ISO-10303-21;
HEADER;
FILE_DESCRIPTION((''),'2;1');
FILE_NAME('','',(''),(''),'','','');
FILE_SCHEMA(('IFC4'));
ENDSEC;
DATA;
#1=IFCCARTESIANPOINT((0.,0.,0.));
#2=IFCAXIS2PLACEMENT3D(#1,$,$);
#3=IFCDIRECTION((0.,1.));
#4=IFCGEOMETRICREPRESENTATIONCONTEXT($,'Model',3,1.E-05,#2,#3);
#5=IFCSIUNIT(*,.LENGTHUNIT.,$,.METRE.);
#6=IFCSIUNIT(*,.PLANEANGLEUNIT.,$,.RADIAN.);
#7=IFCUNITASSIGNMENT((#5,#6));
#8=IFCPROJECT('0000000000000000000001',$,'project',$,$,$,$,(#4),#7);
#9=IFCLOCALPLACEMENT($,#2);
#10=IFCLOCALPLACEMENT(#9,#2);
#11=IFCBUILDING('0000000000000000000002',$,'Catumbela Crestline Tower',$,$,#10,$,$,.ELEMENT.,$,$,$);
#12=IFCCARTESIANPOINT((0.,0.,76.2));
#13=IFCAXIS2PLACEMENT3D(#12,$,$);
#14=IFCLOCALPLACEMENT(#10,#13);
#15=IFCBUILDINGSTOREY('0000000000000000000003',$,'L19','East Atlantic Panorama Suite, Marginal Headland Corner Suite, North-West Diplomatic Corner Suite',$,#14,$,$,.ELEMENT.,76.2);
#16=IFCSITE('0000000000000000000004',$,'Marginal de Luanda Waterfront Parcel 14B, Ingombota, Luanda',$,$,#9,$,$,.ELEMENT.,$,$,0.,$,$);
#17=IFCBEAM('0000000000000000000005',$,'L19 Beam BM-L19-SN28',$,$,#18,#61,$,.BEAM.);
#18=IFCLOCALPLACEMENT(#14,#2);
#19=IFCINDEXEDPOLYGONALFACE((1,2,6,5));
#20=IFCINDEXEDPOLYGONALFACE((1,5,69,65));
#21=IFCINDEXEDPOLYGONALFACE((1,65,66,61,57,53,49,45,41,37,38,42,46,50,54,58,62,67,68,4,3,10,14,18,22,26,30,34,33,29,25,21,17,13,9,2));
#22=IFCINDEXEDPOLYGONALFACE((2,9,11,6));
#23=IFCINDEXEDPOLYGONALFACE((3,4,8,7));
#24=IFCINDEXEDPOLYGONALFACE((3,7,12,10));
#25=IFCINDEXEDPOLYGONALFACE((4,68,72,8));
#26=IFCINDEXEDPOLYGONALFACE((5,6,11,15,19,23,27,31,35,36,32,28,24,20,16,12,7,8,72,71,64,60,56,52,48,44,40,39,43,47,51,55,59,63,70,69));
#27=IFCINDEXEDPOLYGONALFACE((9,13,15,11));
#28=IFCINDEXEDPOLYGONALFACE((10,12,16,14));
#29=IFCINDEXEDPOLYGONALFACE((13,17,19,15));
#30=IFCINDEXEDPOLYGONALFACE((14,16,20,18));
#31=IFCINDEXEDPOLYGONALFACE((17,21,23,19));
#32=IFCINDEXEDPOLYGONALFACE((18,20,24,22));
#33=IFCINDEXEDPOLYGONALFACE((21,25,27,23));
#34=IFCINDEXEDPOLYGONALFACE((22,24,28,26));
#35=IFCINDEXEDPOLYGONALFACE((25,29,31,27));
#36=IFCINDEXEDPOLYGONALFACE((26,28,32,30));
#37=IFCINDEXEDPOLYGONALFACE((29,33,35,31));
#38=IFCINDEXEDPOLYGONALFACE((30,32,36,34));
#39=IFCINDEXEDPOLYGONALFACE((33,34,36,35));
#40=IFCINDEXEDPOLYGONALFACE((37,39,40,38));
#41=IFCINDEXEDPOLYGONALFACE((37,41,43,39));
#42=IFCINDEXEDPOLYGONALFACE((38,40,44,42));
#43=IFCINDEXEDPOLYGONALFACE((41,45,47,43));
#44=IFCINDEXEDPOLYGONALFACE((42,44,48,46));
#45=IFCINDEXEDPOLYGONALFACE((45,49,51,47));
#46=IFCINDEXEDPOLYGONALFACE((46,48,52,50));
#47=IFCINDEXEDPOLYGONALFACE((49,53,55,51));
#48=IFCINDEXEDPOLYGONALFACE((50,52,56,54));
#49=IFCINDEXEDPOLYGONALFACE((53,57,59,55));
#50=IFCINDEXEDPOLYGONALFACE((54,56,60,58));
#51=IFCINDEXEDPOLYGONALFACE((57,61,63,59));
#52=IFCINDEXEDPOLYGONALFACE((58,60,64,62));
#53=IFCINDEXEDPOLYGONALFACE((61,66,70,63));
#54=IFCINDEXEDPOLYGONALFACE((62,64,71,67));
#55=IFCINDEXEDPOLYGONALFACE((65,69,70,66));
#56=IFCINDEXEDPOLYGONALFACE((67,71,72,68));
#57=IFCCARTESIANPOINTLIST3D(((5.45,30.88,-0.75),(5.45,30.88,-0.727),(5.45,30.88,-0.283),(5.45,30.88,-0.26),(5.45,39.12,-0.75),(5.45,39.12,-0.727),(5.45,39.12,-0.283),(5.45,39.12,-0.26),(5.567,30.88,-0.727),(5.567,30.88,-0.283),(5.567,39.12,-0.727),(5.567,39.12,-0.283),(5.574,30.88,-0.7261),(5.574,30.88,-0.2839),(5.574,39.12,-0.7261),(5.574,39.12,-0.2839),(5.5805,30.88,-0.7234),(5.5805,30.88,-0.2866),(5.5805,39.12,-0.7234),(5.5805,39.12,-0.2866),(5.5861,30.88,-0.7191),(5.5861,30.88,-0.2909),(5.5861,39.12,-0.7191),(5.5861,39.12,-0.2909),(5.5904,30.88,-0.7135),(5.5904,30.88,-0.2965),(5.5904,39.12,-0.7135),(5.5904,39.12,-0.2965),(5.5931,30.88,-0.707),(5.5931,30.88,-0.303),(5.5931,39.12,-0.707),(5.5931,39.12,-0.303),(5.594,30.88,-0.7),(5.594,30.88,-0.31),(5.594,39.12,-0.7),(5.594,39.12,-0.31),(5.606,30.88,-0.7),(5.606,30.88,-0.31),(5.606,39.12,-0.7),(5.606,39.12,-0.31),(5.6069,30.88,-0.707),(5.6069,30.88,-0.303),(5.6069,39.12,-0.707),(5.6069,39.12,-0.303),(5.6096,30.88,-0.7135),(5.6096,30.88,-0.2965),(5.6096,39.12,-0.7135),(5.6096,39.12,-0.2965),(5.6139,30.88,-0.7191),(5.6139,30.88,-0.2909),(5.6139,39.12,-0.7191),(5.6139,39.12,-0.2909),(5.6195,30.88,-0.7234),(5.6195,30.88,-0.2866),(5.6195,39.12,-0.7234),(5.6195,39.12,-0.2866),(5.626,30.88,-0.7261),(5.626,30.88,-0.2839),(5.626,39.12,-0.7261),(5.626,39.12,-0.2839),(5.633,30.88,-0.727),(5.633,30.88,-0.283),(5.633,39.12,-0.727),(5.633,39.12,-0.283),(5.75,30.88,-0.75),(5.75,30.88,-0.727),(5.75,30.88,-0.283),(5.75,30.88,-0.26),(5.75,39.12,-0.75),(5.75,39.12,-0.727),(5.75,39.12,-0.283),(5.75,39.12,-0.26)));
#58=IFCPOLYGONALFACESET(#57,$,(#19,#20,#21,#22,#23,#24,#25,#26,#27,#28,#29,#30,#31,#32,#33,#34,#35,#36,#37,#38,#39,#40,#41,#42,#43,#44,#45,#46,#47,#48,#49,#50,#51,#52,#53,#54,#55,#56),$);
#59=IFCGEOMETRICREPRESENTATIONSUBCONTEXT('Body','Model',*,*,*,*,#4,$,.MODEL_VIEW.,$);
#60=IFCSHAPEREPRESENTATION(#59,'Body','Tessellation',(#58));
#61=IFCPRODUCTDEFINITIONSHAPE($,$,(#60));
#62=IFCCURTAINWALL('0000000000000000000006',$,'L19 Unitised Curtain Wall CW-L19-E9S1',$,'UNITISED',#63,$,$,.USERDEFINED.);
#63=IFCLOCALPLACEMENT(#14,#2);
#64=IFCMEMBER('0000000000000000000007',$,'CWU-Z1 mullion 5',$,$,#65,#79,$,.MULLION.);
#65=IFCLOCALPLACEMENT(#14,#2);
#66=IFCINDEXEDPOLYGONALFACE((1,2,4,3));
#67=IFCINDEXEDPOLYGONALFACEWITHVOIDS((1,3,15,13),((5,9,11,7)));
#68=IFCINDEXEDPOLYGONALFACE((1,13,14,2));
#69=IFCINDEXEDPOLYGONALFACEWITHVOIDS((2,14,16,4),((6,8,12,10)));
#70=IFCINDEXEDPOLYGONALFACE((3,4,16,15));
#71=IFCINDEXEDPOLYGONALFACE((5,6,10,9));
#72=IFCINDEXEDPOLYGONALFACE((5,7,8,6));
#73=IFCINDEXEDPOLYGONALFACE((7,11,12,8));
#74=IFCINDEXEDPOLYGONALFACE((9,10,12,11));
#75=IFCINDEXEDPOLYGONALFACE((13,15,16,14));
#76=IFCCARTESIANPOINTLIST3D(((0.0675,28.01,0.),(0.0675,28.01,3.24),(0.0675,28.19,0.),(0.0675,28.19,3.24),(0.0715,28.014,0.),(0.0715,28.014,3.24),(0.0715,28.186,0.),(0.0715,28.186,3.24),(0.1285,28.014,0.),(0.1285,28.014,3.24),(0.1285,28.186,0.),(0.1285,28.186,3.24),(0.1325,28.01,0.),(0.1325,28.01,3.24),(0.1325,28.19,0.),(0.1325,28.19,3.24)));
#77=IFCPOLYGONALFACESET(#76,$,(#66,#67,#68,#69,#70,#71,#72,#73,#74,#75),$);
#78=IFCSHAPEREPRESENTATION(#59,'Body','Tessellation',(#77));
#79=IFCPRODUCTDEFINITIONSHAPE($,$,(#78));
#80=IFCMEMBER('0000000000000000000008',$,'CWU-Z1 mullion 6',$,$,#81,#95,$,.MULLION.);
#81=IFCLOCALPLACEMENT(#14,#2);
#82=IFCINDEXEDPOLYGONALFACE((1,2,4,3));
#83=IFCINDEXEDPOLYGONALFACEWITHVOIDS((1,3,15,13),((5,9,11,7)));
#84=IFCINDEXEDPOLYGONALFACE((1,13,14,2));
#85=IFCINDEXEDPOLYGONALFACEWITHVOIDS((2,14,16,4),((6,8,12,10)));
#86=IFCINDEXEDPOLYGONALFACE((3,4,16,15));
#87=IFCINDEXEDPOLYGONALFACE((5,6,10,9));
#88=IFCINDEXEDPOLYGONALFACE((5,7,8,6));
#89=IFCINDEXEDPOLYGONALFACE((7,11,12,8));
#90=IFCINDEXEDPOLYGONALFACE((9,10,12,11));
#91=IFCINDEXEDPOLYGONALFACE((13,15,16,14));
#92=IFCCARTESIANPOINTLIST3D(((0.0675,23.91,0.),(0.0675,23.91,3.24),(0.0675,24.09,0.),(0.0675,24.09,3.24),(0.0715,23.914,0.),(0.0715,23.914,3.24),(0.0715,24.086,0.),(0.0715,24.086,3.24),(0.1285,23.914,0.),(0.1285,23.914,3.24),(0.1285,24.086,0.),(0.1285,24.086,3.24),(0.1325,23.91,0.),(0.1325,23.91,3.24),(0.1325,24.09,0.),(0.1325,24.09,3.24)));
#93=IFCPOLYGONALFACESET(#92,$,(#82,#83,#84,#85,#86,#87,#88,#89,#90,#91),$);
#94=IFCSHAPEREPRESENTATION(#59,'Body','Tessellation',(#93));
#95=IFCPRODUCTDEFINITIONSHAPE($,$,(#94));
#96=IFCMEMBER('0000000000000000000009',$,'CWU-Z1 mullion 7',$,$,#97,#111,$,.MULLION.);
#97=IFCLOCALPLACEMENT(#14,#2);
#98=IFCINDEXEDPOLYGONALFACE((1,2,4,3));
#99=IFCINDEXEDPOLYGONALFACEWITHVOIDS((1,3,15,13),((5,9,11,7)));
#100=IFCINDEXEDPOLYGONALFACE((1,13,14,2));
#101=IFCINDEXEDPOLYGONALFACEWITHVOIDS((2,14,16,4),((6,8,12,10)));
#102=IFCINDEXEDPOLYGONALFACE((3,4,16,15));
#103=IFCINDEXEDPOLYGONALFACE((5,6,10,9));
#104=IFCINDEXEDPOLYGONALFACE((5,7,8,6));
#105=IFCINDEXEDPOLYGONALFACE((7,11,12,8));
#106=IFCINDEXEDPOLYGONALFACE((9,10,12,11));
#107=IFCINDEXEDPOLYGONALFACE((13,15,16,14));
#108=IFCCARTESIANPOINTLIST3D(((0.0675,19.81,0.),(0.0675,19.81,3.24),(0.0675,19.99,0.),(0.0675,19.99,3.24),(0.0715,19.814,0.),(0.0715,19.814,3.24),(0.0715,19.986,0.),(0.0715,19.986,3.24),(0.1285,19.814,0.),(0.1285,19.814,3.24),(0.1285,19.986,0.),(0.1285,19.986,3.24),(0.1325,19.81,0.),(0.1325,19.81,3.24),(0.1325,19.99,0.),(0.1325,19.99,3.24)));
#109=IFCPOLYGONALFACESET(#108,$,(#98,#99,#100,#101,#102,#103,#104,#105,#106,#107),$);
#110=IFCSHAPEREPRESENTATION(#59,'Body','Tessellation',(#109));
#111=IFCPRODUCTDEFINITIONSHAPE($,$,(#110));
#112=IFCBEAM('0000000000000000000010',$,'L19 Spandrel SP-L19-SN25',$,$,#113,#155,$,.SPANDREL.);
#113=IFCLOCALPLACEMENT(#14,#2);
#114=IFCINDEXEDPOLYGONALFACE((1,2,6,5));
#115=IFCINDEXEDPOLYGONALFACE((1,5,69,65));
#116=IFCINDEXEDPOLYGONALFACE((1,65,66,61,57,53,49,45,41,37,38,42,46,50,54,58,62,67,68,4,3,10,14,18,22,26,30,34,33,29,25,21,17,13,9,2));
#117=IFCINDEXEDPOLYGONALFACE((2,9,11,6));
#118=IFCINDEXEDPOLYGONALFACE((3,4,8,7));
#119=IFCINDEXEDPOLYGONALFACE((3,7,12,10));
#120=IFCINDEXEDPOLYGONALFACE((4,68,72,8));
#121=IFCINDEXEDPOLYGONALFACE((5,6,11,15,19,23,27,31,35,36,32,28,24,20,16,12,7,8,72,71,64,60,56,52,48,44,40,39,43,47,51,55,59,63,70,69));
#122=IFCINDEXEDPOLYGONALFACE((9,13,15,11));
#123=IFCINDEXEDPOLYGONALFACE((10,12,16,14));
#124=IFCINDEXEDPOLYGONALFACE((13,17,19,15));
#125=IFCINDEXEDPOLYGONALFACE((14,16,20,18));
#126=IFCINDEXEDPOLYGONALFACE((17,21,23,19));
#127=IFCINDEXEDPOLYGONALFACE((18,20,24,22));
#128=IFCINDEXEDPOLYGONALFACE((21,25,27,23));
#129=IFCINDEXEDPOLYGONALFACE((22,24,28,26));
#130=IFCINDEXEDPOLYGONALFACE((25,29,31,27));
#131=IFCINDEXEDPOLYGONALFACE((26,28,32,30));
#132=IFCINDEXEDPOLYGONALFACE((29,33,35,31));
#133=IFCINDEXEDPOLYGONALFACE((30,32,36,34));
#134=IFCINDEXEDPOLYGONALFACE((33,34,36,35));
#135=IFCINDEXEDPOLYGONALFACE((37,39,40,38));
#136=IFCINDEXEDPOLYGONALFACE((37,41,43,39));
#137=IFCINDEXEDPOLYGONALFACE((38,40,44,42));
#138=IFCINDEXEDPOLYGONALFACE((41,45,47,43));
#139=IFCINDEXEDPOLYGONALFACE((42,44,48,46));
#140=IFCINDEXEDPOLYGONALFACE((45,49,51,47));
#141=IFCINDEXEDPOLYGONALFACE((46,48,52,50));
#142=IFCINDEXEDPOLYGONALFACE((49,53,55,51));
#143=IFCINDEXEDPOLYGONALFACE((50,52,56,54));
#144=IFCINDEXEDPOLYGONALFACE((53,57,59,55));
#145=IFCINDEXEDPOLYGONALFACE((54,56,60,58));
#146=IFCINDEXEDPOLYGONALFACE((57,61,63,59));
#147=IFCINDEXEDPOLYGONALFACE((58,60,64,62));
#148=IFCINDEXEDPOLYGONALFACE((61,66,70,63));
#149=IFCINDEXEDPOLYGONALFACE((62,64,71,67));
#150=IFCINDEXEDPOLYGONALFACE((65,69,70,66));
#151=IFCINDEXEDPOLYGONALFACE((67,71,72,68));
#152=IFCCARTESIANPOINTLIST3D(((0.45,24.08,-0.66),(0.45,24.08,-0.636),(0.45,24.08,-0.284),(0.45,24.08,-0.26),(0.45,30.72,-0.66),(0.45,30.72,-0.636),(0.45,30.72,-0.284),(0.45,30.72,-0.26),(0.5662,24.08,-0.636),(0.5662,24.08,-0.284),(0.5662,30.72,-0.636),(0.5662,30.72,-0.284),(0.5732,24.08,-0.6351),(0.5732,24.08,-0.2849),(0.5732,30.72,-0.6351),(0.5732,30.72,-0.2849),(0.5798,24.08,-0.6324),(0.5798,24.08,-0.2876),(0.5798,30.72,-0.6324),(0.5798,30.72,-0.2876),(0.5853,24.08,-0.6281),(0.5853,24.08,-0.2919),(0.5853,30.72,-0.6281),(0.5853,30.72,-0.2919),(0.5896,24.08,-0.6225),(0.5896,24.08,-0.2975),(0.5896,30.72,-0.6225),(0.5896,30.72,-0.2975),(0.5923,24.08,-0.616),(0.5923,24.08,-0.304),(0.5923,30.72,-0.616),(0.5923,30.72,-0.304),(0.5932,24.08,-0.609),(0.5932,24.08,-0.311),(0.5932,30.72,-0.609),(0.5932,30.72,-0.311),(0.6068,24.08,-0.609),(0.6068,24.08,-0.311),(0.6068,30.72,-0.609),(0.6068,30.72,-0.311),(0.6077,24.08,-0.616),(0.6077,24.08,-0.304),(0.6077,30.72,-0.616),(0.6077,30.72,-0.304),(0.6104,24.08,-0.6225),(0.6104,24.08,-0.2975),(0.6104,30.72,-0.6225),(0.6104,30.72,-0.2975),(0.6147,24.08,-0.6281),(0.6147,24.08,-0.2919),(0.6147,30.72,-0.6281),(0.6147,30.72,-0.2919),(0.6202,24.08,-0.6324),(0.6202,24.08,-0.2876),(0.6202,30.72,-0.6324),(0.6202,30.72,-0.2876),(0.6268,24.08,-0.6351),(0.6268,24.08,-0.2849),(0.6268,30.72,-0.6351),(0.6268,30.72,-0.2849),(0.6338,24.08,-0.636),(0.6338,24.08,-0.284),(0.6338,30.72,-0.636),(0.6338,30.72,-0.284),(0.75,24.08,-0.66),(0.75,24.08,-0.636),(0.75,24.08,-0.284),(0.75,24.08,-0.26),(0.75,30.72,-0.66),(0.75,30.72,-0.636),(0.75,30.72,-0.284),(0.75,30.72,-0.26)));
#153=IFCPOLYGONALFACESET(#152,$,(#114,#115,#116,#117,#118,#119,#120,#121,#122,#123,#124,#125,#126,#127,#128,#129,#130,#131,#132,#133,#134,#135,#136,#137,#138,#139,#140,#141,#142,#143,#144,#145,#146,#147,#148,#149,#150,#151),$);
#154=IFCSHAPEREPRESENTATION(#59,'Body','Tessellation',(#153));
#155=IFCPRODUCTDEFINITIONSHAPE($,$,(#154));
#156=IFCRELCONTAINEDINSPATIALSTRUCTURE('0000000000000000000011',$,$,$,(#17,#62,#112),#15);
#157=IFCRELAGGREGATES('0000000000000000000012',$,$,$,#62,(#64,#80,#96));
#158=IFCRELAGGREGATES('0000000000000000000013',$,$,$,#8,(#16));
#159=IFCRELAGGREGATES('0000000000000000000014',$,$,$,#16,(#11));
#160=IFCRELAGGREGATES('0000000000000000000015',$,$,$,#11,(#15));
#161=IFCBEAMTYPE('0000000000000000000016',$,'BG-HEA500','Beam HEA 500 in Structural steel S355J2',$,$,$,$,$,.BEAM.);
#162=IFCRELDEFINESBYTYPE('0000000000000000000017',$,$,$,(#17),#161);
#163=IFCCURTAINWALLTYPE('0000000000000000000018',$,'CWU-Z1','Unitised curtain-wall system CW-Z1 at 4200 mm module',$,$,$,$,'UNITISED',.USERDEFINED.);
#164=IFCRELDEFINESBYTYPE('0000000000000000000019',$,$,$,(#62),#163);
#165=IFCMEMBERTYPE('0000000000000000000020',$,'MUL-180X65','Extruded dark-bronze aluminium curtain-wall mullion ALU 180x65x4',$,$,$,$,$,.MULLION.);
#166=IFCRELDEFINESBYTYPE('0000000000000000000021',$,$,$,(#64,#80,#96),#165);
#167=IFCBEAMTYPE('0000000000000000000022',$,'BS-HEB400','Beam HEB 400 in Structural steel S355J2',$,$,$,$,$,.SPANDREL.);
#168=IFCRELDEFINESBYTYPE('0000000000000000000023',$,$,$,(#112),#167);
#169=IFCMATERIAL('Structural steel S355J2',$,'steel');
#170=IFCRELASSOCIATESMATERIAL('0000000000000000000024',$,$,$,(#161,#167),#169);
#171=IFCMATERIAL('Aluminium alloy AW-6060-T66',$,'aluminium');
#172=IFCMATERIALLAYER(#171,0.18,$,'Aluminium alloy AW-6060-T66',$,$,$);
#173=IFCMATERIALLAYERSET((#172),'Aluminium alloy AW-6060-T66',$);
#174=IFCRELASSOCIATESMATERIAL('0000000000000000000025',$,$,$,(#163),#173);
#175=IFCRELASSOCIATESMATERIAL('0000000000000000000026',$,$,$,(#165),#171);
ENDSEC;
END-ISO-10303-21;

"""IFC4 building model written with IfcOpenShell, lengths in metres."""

from ifc_helpers import new_model, si_unit, direction, frame, origin, origin_2d, place, context, subcontext, project, spatial, hollow_rectangle, i_section, extrude, material, layer, layer_set, material_profile, profile_set, type_object, element, aggregate, save


model = new_model("IFC4")

# Units and contexts
model_context = context("Model", 3, precision=1e-05, world=origin(), true_north=direction((0.0, 1.0)))
body_context = subcontext(model_context, "Body", "Model", "MODEL_VIEW")
ifc_project = project(units=[si_unit("LENGTHUNIT", "METRE"), si_unit("PLANEANGLEUNIT", "RADIAN")], contexts=[model_context])

# Site, building, storey
site_placement = place(None, origin())
site = spatial("IfcSite", under=ifc_project, at=site_placement, Name="Marginal de Luanda Waterfront Parcel 14B, Ingombota, Luanda", CompositionType="ELEMENT", RefElevation=0.0)
building_placement = place(site_placement, origin())
building = spatial("IfcBuilding", under=site, at=building_placement, Name="Catumbela Crestline Tower", CompositionType="ELEMENT")
storey_placement = place(building_placement, frame((0.0, 0.0, 76.2)))
storey = spatial("IfcBuildingStorey", under=building, at=storey_placement, Name="L19", Description="East Atlantic Panorama Suite, Marginal Headland Corner Suite, North-West Diplomatic Corner Suite", CompositionType="ELEMENT", Elevation=76.2)

# Beam
ifc_material_1 = material(Name="Structural steel S355J2", Category="steel")
ifc_material_profile_1 = material_profile(ifc_material_1, i_section(OverallWidth=0.3, OverallDepth=0.49, WebThickness=0.012, FlangeThickness=0.023, FilletRadius=0.027, at=origin_2d()), Name="HEA 500")
ifc_profile_set_1 = profile_set([ifc_material_profile_1], Name="Structural steel S355J2")
beam_type_1 = type_object("IfcBeamType", Name="BG-HEA500", Description="Beam HEA 500 in Structural steel S355J2", PredefinedType="BEAM", material=ifc_profile_set_1)
beam_1_placement = place(storey_placement, frame((5.6, 30.88, -0.505), z_axis=(0.0, 1.0, 0.0), x_axis=(-1.0, 0.0, 0.0)))
element("IfcBeam", 1, at=beam_1_placement, inside=storey, type_object=beam_type_1, Name="L19 Beam BM-L19-SN28", PredefinedType="BEAM", context=body_context, shape_type="SweptSolid", body=[
    extrude(i_section(OverallWidth=0.3, OverallDepth=0.49, WebThickness=0.012, FlangeThickness=0.023, FilletRadius=0.027, at=origin_2d()), origin(), (0.0, 0.0, 1.0), 8.24),
])

# Curtain wall, members
ifc_material_2 = material(Name="Aluminium alloy AW-6060-T66", Category="aluminium")
ifc_layer_1 = layer(ifc_material_2, 0.18, Name="Aluminium alloy AW-6060-T66")
ifc_layer_set_1 = layer_set([ifc_layer_1], Name="Aluminium alloy AW-6060-T66")
curtain_wall_type = type_object("IfcCurtainWallType", Name="CWU-Z1", Description="Unitised curtain-wall system CW-Z1 at 4200 mm module", ElementType="UNITISED", PredefinedType="USERDEFINED", material=ifc_layer_set_1)
curtain_wall_placement = place(storey_placement, origin())
curtain_wall = element("IfcCurtainWall", 2, at=curtain_wall_placement, inside=storey, type_object=curtain_wall_type, Name="L19 Unitised Curtain Wall CW-L19-E9S1", ObjectType="UNITISED", PredefinedType="USERDEFINED")
ifc_material_profile_2 = material_profile(ifc_material_2, hollow_rectangle(XDim=0.065, YDim=0.18, WallThickness=0.004, at=origin_2d()), Name="ALU 180x65x4")
ifc_profile_set_2 = profile_set([ifc_material_profile_2], Name="Aluminium alloy AW-6060-T66")
member_type_1 = type_object("IfcMemberType", Name="MUL-180X65", Description="Extruded dark-bronze aluminium curtain-wall mullion ALU 180x65x4", PredefinedType="MULLION", material=ifc_profile_set_2)
member_1_placement = place(storey_placement, frame((0.1, 28.1, 0.0), z_axis=(0.0, 0.0, 1.0), x_axis=(1.0, 0.0, 0.0)))
member_1 = element("IfcMember", 3, at=member_1_placement, type_object=member_type_1, Name="CWU-Z1 mullion 5", PredefinedType="MULLION", context=body_context, shape_type="SweptSolid", body=[
    extrude(hollow_rectangle(XDim=0.065, YDim=0.18, WallThickness=0.004, at=origin_2d()), origin(), (0.0, 0.0, 1.0), 3.24),
])
member_2_placement = place(storey_placement, frame((0.1, 24.0, 0.0), z_axis=(0.0, 0.0, 1.0), x_axis=(1.0, 0.0, 0.0)))
member_2 = element("IfcMember", 4, at=member_2_placement, type_object=member_type_1, Name="CWU-Z1 mullion 6", PredefinedType="MULLION", context=body_context, shape_type="SweptSolid", body=[
    extrude(hollow_rectangle(XDim=0.065, YDim=0.18, WallThickness=0.004, at=origin_2d()), origin(), (0.0, 0.0, 1.0), 3.24),
])
member_3_placement = place(storey_placement, frame((0.1, 19.9, 0.0), z_axis=(0.0, 0.0, 1.0), x_axis=(1.0, 0.0, 0.0)))
member_3 = element("IfcMember", 5, at=member_3_placement, type_object=member_type_1, Name="CWU-Z1 mullion 7", PredefinedType="MULLION", context=body_context, shape_type="SweptSolid", body=[
    extrude(hollow_rectangle(XDim=0.065, YDim=0.18, WallThickness=0.004, at=origin_2d()), origin(), (0.0, 0.0, 1.0), 3.24),
])

# Beam
ifc_material_profile_3 = material_profile(ifc_material_1, i_section(OverallWidth=0.3, OverallDepth=0.4, WebThickness=0.0135, FlangeThickness=0.024, FilletRadius=0.027, at=origin_2d()), Name="HEB 400")
ifc_profile_set_3 = profile_set([ifc_material_profile_3], Name="Structural steel S355J2")
beam_type_2 = type_object("IfcBeamType", Name="BS-HEB400", Description="Beam HEB 400 in Structural steel S355J2", PredefinedType="SPANDREL", material=ifc_profile_set_3)
beam_2_placement = place(storey_placement, frame((0.6, 24.08, -0.46), z_axis=(0.0, 1.0, 0.0), x_axis=(-1.0, 0.0, 0.0)))
element("IfcBeam", 6, at=beam_2_placement, inside=storey, type_object=beam_type_2, Name="L19 Spandrel SP-L19-SN25", PredefinedType="SPANDREL", context=body_context, shape_type="SweptSolid", body=[
    extrude(i_section(OverallWidth=0.3, OverallDepth=0.4, WebThickness=0.0135, FlangeThickness=0.024, FilletRadius=0.027, at=origin_2d()), origin(), (0.0, 0.0, 1.0), 6.64),
])

aggregate(curtain_wall, [member_1, member_2, member_3])

save(model, "model.ifc")
